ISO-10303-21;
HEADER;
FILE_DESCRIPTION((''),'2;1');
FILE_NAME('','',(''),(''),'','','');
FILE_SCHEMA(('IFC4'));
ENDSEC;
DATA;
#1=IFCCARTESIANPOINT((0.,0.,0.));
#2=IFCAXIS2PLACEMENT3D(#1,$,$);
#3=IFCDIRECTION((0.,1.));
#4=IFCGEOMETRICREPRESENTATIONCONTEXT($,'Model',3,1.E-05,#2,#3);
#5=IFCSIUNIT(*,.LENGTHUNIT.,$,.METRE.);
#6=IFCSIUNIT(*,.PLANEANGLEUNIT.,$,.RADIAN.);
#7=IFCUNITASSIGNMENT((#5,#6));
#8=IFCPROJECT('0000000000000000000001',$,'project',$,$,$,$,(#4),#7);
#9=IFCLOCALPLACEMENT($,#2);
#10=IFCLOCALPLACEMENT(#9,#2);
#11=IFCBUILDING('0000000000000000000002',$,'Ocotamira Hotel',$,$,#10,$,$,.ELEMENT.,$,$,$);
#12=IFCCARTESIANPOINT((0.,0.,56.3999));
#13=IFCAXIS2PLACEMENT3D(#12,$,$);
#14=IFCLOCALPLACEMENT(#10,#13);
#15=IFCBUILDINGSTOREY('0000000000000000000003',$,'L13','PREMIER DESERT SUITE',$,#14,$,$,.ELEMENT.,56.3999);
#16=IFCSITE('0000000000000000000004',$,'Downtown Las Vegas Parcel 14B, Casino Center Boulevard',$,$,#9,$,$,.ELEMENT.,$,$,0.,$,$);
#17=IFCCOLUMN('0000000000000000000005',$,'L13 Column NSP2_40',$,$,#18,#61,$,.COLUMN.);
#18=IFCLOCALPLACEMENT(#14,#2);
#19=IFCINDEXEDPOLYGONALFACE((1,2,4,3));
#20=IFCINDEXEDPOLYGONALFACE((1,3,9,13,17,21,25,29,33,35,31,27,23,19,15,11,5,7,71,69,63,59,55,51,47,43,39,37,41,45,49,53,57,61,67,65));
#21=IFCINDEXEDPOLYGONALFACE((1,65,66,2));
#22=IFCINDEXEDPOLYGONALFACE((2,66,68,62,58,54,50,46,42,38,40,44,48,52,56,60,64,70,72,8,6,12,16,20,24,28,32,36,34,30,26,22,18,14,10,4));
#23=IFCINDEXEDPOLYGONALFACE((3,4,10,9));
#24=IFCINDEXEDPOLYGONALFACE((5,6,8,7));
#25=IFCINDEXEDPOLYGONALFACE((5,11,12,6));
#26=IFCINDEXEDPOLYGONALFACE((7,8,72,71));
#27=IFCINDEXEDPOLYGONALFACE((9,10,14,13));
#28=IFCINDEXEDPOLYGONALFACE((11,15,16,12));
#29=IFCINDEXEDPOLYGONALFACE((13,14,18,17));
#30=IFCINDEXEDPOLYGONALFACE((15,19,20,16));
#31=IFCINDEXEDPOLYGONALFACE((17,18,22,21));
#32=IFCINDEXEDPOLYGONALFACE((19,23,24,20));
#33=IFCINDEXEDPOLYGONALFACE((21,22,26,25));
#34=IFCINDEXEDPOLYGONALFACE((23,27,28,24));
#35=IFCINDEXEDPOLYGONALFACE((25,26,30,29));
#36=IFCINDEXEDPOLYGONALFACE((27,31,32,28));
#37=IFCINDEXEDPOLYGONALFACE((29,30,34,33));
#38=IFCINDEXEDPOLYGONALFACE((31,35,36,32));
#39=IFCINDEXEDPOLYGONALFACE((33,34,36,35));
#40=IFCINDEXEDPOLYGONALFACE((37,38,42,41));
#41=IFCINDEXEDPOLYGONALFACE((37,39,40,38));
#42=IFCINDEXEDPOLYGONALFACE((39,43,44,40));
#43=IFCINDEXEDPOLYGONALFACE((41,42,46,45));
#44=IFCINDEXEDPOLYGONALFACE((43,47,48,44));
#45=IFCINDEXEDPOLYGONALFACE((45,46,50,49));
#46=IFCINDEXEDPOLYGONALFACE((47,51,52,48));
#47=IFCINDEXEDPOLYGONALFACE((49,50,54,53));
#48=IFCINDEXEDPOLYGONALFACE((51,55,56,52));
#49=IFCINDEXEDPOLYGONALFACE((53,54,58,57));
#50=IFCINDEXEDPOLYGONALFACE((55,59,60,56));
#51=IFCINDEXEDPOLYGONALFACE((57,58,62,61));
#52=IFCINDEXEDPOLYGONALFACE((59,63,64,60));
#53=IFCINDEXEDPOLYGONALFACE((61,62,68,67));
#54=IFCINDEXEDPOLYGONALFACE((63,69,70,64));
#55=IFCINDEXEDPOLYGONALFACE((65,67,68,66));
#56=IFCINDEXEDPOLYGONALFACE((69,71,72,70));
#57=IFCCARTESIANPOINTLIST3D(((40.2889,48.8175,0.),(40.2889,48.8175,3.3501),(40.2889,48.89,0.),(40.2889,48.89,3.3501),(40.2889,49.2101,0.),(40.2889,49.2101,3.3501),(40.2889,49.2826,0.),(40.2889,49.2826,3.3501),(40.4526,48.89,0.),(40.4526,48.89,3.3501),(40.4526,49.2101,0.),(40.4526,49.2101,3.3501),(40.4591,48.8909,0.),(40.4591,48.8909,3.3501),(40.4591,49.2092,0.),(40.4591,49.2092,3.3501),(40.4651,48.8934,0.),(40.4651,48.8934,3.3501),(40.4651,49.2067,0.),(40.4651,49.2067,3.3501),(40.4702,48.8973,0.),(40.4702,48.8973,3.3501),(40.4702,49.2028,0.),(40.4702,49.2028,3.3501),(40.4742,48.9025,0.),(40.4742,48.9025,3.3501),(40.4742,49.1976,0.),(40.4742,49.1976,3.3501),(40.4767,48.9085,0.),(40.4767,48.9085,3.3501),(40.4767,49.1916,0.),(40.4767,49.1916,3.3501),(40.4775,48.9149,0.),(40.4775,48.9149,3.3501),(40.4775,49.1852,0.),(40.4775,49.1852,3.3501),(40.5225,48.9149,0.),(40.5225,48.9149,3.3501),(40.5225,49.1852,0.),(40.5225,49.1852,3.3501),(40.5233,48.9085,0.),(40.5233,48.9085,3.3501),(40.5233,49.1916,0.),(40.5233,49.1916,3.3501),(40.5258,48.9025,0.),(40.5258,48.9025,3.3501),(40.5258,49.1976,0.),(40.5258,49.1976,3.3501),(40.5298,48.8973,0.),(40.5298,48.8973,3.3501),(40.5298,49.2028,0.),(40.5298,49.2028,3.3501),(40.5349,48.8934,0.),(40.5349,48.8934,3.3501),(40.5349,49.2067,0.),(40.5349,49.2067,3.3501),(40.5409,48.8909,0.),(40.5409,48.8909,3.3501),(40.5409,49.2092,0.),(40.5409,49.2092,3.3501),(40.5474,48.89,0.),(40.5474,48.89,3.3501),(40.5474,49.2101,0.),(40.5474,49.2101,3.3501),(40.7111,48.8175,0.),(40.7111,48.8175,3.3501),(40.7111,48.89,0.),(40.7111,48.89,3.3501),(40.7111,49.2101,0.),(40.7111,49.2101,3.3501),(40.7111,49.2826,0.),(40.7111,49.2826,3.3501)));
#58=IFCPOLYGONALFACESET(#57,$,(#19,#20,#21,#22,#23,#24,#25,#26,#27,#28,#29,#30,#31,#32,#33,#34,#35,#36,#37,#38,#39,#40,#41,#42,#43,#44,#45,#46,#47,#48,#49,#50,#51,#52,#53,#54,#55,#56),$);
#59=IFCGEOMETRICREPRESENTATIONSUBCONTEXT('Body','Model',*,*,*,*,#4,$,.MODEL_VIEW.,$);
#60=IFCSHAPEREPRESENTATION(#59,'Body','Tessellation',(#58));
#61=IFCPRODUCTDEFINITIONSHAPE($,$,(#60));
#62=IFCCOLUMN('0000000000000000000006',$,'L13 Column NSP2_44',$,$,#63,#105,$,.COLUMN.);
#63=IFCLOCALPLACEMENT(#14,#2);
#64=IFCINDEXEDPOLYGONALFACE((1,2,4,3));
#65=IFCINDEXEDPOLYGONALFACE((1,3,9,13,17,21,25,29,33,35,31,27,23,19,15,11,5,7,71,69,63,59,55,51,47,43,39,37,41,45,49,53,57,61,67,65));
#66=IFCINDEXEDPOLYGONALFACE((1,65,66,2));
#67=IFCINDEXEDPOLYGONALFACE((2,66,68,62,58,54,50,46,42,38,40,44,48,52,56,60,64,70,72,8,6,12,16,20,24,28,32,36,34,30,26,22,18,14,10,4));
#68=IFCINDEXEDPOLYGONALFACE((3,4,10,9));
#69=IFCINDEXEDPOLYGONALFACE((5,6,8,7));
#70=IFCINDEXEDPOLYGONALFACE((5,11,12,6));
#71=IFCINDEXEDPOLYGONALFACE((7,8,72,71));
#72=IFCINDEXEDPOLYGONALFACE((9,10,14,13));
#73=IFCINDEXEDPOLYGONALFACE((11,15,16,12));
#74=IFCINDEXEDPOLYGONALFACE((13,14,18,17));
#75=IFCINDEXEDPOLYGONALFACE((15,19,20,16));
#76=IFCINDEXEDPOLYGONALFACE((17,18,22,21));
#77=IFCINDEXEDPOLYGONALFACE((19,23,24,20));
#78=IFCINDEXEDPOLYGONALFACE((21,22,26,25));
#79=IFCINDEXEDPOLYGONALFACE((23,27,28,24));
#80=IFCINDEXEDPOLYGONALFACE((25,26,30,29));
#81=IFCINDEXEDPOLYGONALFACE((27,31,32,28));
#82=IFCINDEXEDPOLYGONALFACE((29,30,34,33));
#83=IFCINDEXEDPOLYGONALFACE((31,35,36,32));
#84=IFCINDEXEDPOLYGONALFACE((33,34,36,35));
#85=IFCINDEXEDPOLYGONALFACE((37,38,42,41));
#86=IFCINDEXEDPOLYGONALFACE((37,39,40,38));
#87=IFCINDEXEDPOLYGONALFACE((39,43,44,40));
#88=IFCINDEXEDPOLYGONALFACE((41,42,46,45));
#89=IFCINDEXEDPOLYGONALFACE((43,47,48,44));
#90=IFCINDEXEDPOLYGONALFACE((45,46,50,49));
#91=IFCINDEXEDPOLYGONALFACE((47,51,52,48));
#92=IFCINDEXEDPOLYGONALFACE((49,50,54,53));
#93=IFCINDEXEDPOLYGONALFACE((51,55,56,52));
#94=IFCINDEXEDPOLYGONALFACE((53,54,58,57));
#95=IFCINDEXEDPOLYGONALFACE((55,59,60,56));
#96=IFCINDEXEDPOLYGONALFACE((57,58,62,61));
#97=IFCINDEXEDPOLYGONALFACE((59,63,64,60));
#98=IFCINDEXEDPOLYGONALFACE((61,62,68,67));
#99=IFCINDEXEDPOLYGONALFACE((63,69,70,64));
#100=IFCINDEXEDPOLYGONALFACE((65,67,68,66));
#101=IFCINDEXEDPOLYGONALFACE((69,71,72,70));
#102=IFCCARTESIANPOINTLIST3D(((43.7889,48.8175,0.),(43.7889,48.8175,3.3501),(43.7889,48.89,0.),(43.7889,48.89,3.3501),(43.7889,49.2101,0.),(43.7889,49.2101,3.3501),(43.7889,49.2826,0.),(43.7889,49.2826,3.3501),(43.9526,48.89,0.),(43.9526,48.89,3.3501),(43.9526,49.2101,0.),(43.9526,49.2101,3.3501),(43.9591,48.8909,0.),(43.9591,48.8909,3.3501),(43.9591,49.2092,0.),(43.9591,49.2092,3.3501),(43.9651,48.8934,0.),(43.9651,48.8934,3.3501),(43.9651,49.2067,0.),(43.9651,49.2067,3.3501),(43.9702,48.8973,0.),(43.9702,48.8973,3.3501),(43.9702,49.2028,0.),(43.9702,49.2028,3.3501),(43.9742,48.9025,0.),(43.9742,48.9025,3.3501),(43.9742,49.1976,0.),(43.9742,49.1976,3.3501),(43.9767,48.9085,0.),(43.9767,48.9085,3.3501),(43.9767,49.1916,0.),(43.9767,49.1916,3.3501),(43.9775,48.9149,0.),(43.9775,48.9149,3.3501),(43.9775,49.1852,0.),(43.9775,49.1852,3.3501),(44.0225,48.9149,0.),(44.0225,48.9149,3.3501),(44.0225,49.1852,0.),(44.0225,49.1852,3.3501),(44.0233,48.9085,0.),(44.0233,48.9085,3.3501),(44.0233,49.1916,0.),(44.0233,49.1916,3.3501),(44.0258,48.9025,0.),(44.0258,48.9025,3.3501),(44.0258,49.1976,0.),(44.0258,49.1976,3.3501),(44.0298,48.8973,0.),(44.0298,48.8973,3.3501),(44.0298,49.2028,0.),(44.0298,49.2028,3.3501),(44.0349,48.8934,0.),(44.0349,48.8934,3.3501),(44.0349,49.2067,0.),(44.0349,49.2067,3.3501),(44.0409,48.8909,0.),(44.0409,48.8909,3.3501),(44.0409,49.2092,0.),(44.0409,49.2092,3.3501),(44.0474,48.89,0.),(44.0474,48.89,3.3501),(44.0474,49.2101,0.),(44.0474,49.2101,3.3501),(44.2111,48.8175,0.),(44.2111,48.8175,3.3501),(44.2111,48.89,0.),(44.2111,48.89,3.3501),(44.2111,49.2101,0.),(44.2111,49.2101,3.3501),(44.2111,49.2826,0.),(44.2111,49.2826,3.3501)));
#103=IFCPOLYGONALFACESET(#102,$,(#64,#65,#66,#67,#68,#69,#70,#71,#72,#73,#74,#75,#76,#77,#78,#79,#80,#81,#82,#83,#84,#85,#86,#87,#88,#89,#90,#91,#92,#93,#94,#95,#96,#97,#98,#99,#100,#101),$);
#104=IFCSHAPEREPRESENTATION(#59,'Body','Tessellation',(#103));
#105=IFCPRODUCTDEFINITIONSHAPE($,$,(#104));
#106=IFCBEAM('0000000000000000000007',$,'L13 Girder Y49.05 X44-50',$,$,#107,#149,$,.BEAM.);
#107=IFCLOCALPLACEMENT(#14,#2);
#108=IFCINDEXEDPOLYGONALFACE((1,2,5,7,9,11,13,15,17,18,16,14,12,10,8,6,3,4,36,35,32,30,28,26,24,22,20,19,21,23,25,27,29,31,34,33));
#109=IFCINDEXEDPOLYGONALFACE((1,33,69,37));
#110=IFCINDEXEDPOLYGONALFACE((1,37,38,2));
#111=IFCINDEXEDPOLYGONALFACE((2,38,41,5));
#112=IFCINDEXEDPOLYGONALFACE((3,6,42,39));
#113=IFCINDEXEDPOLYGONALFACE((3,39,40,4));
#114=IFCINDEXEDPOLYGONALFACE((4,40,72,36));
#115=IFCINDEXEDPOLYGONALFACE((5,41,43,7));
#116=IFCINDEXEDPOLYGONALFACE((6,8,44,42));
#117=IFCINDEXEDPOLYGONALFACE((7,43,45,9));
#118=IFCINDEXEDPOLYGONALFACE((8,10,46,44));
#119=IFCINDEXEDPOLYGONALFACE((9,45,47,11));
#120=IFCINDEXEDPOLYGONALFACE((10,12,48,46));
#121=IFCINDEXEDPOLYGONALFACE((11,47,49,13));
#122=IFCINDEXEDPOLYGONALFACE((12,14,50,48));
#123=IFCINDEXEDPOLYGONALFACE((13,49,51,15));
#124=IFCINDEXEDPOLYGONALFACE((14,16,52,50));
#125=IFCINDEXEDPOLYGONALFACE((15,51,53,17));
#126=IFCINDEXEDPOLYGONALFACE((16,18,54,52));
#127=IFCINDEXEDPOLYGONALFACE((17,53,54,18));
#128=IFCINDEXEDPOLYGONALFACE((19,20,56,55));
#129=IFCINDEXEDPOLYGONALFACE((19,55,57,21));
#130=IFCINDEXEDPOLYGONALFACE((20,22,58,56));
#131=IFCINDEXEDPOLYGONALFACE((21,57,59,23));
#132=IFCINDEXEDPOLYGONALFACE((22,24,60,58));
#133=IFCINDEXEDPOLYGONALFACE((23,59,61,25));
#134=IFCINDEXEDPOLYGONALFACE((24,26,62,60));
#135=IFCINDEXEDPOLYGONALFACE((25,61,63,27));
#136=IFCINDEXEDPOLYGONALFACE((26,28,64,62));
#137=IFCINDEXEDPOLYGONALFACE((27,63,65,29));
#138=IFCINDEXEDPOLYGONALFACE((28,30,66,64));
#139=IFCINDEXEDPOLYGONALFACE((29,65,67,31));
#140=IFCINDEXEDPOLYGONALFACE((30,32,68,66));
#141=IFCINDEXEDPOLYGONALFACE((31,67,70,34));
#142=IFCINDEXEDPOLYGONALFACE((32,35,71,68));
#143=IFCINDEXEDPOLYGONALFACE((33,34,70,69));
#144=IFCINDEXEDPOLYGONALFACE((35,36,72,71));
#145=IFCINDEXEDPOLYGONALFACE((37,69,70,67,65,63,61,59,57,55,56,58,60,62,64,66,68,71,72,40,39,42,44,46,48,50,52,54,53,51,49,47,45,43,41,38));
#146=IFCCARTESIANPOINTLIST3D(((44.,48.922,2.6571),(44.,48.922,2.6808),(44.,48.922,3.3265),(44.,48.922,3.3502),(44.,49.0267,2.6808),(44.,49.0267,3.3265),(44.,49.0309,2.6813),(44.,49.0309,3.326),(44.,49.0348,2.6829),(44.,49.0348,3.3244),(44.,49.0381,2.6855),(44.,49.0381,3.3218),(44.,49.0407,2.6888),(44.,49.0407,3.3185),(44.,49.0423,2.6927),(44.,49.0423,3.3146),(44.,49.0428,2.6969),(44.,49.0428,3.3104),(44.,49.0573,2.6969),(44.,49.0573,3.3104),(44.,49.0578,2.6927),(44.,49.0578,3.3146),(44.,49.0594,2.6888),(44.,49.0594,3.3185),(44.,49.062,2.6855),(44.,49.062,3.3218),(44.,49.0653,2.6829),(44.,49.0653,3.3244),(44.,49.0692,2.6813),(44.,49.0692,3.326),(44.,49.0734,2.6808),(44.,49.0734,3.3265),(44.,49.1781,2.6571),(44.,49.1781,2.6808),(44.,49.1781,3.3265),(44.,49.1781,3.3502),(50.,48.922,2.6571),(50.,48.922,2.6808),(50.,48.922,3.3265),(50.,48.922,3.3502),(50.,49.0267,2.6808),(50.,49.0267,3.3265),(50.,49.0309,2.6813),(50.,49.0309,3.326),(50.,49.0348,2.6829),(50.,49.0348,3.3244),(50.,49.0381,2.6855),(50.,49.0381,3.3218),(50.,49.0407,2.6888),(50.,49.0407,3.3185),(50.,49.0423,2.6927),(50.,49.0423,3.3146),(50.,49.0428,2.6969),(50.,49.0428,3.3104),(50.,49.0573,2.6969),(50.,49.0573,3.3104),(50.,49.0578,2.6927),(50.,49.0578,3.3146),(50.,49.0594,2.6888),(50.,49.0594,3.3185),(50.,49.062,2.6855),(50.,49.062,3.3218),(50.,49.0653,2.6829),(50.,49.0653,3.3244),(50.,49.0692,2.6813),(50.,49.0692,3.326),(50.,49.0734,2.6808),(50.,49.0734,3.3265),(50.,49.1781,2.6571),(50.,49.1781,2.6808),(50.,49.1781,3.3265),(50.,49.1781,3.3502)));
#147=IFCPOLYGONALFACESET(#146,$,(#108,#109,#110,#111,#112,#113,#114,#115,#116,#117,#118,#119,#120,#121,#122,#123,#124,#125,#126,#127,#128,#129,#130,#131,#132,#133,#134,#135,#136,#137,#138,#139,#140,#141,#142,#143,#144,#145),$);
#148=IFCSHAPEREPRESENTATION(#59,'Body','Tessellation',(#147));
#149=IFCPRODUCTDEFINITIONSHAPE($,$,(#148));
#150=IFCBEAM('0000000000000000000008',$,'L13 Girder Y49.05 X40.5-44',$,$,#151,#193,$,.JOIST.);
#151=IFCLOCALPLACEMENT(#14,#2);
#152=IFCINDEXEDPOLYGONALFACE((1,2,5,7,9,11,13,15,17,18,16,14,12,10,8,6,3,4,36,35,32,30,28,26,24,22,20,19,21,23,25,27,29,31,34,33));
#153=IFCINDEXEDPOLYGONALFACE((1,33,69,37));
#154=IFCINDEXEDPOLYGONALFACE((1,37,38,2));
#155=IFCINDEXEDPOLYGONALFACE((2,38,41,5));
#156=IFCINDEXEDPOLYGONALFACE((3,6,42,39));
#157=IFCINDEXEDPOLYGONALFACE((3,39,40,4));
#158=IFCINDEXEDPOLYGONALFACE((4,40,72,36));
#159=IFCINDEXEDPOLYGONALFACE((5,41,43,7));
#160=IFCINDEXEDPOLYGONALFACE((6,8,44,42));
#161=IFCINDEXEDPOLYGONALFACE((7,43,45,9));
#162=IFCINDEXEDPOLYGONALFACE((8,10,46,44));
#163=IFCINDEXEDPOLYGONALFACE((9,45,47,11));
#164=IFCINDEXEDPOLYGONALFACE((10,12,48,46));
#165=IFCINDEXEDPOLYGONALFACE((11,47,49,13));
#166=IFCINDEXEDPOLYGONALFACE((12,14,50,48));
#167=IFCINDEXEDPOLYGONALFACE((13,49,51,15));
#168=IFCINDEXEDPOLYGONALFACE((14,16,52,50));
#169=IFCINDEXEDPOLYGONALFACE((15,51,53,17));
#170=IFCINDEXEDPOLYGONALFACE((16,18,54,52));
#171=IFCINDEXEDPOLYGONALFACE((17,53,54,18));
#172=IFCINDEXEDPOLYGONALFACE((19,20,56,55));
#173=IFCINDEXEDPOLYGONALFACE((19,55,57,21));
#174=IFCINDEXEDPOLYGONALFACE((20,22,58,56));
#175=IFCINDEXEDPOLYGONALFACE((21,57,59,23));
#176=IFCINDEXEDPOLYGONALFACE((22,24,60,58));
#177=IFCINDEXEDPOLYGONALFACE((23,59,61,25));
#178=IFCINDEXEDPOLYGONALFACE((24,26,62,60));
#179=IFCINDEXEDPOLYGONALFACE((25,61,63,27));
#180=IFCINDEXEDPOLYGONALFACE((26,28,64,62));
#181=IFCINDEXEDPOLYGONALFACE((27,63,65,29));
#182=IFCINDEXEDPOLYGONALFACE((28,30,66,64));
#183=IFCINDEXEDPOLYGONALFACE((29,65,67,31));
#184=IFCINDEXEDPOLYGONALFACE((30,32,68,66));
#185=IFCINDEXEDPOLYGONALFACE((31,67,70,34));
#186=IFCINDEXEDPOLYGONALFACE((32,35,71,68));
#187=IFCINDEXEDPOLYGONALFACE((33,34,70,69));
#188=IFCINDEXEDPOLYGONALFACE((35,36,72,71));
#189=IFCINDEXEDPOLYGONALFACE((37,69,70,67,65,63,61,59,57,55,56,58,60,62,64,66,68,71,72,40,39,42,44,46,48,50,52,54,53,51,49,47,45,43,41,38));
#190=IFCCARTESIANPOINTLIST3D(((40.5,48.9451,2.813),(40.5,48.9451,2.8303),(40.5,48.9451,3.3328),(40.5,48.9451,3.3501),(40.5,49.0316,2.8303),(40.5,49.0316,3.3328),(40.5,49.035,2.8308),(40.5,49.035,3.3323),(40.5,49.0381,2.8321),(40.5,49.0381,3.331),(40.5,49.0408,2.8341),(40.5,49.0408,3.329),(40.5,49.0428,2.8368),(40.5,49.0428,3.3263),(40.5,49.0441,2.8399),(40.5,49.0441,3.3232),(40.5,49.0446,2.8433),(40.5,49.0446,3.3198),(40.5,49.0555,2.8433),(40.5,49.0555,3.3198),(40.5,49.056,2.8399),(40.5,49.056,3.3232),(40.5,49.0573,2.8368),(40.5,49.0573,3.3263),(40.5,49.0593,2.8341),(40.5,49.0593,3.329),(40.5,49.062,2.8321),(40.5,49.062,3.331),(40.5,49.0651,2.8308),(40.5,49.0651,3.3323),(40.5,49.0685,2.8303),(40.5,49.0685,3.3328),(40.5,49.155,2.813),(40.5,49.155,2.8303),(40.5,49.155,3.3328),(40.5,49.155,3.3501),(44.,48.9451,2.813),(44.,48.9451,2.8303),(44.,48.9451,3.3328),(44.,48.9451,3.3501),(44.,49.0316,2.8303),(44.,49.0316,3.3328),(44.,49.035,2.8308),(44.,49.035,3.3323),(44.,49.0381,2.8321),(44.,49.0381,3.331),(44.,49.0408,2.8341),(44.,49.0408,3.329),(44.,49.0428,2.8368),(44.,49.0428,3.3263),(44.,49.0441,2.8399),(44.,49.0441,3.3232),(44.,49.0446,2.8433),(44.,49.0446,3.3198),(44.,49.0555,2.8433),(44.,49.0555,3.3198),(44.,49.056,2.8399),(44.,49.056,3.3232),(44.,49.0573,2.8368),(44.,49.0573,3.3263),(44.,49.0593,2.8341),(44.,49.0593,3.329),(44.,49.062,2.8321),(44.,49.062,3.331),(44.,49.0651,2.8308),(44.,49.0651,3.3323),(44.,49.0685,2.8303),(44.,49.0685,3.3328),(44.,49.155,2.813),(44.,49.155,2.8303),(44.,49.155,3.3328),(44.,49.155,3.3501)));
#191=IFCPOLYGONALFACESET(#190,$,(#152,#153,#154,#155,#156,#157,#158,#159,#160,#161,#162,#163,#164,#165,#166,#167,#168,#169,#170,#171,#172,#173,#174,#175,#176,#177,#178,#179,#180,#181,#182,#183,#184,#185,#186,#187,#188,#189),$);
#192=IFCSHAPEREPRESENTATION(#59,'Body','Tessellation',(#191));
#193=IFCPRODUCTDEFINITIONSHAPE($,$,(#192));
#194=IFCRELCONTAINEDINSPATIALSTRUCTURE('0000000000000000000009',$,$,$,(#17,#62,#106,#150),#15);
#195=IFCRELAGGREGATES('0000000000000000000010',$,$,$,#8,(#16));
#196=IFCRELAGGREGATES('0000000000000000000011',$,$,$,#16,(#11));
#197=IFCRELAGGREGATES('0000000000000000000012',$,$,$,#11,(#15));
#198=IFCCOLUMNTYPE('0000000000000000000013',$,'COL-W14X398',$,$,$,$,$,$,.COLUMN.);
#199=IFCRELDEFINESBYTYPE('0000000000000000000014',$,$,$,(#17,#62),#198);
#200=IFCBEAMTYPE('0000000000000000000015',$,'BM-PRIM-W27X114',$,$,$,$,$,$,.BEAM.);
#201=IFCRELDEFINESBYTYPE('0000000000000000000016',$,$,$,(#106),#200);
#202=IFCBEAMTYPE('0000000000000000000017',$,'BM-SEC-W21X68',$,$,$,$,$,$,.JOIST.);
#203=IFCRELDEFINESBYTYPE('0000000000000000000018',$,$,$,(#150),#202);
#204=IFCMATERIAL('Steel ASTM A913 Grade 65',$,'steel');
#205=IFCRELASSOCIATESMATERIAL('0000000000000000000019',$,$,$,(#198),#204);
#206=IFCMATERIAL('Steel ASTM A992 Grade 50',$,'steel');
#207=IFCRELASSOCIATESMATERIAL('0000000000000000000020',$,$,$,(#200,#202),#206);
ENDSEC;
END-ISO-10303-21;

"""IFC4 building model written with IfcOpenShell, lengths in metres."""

from ifc_helpers import new_model, si_unit, direction, frame, origin, origin_2d, place, context, subcontext, project, spatial, i_section, extrude, source, transform, mapped, material, material_profile, profile_set, type_object, element, save


model = new_model("IFC4")

# Units and contexts
model_context = context("Model", 3, precision=1e-05, world=origin(), true_north=direction((0.0, 1.0)))
body_context = subcontext(model_context, "Body", "Model", "MODEL_VIEW")
ifc_project = project(units=[si_unit("LENGTHUNIT", "METRE"), si_unit("PLANEANGLEUNIT", "RADIAN")], contexts=[model_context])

# Site, building, storey
site_placement = place(None, origin())
site = spatial("IfcSite", under=ifc_project, at=site_placement, Name="Downtown Las Vegas Parcel 14B, Casino Center Boulevard", CompositionType="ELEMENT", RefElevation=0.0)
building_placement = place(site_placement, origin())
building = spatial("IfcBuilding", under=site, at=building_placement, Name="Ocotamira Hotel", CompositionType="ELEMENT")
storey_placement = place(building_placement, frame((0.0, 0.0, 56.3999)))
storey = spatial("IfcBuildingStorey", under=building, at=storey_placement, Name="L13", Description="PREMIER DESERT SUITE", CompositionType="ELEMENT", Elevation=56.3999)

# Columns
ifc_material_1 = material(Name="Steel ASTM A913 Grade 65", Category="steel")
ifc_material_profile_1 = material_profile(ifc_material_1, i_section(OverallWidth=0.4221, OverallDepth=0.4651, WebThickness=0.0449, FlangeThickness=0.0725, FilletRadius=0.0249, at=origin_2d()), Name="W14X398")
ifc_profile_set_1 = profile_set([ifc_material_profile_1], Name="Steel ASTM A913 Grade 65")
column_type = type_object("IfcColumnType", Name="COL-W14X398", PredefinedType="COLUMN", material=ifc_profile_set_1)
shared_shape_1 = source(origin(), body_context, "Body", "SweptSolid", [
    extrude(i_section(OverallWidth=0.4221, OverallDepth=0.4651, WebThickness=0.0449, FlangeThickness=0.0725, FilletRadius=0.0249, at=origin_2d()), origin(), (0.0, 0.0, 1.0), 3.3501),
])
for number, where, z_axis, x_axis, name in (
    (1, (40.5, 49.05, 0.0), (0.0, 0.0, 1.0), (1.0, 0.0, 0.0), "L13 Column NSP2_40"),
    (2, (44.0, 49.05, 0.0), (0.0, 0.0, 1.0), (1.0, 0.0, 0.0), "L13 Column NSP2_44"),
):
    element("IfcColumn", number, at=place(storey_placement, frame(where, z_axis=z_axis, x_axis=x_axis)), inside=storey, type_object=column_type, Name=name, PredefinedType="COLUMN", context=body_context, shape_type="MappedRepresentation", body=[
        mapped(shared_shape_1, transform((0.0, 0.0, 0.0), scale=1.0)),
    ])

# Beams
ifc_material_2 = material(Name="Steel ASTM A992 Grade 50", Category="steel")
ifc_material_profile_2 = material_profile(ifc_material_2, i_section(OverallWidth=0.2561, OverallDepth=0.6931, WebThickness=0.0144, FlangeThickness=0.0237, FilletRadius=0.0161, at=origin_2d()), Name="W27X114")
ifc_profile_set_2 = profile_set([ifc_material_profile_2], Name="Steel ASTM A992 Grade 50")
beam_type_1 = type_object("IfcBeamType", Name="BM-PRIM-W27X114", PredefinedType="BEAM", material=ifc_profile_set_2)
shared_shape_2 = source(origin(), body_context, "Body", "SweptSolid", [
    extrude(i_section(OverallWidth=0.2561, OverallDepth=0.6931, WebThickness=0.0144, FlangeThickness=0.0237, FilletRadius=0.0161, at=origin_2d()), origin(), (0.0, 0.0, 1.0), 6.0),
])
beam_1_placement = place(storey_placement, frame((44.0, 49.05, 3.0037), z_axis=(1.0, 0.0, 0.0), x_axis=(0.0, 1.0, 0.0)))
element("IfcBeam", 3, at=beam_1_placement, inside=storey, type_object=beam_type_1, Name="L13 Girder Y49.05 X44-50", PredefinedType="BEAM", context=body_context, shape_type="MappedRepresentation", body=[
    mapped(shared_shape_2, transform((0.0, 0.0, 0.0), scale=1.0)),
])
ifc_material_profile_3 = material_profile(ifc_material_2, i_section(OverallWidth=0.21, OverallDepth=0.5371, WebThickness=0.011, FlangeThickness=0.0173, FilletRadius=0.0129, at=origin_2d()), Name="W21X68")
ifc_profile_set_3 = profile_set([ifc_material_profile_3], Name="Steel ASTM A992 Grade 50")
beam_type_2 = type_object("IfcBeamType", Name="BM-SEC-W21X68", PredefinedType="JOIST", material=ifc_profile_set_3)
shared_shape_3 = source(origin(), body_context, "Body", "SweptSolid", [
    extrude(i_section(OverallWidth=0.21, OverallDepth=0.5371, WebThickness=0.011, FlangeThickness=0.0173, FilletRadius=0.0129, at=origin_2d()), origin(), (0.0, 0.0, 1.0), 3.5),
])
beam_2_placement = place(storey_placement, frame((40.5, 49.05, 3.0815), z_axis=(1.0, 0.0, 0.0), x_axis=(0.0, 1.0, 0.0)))
element("IfcBeam", 4, at=beam_2_placement, inside=storey, type_object=beam_type_2, Name="L13 Girder Y49.05 X40.5-44", PredefinedType="JOIST", context=body_context, shape_type="MappedRepresentation", body=[
    mapped(shared_shape_3, transform((0.0, 0.0, 0.0), scale=1.0)),
])

save(model, "model.ifc")
